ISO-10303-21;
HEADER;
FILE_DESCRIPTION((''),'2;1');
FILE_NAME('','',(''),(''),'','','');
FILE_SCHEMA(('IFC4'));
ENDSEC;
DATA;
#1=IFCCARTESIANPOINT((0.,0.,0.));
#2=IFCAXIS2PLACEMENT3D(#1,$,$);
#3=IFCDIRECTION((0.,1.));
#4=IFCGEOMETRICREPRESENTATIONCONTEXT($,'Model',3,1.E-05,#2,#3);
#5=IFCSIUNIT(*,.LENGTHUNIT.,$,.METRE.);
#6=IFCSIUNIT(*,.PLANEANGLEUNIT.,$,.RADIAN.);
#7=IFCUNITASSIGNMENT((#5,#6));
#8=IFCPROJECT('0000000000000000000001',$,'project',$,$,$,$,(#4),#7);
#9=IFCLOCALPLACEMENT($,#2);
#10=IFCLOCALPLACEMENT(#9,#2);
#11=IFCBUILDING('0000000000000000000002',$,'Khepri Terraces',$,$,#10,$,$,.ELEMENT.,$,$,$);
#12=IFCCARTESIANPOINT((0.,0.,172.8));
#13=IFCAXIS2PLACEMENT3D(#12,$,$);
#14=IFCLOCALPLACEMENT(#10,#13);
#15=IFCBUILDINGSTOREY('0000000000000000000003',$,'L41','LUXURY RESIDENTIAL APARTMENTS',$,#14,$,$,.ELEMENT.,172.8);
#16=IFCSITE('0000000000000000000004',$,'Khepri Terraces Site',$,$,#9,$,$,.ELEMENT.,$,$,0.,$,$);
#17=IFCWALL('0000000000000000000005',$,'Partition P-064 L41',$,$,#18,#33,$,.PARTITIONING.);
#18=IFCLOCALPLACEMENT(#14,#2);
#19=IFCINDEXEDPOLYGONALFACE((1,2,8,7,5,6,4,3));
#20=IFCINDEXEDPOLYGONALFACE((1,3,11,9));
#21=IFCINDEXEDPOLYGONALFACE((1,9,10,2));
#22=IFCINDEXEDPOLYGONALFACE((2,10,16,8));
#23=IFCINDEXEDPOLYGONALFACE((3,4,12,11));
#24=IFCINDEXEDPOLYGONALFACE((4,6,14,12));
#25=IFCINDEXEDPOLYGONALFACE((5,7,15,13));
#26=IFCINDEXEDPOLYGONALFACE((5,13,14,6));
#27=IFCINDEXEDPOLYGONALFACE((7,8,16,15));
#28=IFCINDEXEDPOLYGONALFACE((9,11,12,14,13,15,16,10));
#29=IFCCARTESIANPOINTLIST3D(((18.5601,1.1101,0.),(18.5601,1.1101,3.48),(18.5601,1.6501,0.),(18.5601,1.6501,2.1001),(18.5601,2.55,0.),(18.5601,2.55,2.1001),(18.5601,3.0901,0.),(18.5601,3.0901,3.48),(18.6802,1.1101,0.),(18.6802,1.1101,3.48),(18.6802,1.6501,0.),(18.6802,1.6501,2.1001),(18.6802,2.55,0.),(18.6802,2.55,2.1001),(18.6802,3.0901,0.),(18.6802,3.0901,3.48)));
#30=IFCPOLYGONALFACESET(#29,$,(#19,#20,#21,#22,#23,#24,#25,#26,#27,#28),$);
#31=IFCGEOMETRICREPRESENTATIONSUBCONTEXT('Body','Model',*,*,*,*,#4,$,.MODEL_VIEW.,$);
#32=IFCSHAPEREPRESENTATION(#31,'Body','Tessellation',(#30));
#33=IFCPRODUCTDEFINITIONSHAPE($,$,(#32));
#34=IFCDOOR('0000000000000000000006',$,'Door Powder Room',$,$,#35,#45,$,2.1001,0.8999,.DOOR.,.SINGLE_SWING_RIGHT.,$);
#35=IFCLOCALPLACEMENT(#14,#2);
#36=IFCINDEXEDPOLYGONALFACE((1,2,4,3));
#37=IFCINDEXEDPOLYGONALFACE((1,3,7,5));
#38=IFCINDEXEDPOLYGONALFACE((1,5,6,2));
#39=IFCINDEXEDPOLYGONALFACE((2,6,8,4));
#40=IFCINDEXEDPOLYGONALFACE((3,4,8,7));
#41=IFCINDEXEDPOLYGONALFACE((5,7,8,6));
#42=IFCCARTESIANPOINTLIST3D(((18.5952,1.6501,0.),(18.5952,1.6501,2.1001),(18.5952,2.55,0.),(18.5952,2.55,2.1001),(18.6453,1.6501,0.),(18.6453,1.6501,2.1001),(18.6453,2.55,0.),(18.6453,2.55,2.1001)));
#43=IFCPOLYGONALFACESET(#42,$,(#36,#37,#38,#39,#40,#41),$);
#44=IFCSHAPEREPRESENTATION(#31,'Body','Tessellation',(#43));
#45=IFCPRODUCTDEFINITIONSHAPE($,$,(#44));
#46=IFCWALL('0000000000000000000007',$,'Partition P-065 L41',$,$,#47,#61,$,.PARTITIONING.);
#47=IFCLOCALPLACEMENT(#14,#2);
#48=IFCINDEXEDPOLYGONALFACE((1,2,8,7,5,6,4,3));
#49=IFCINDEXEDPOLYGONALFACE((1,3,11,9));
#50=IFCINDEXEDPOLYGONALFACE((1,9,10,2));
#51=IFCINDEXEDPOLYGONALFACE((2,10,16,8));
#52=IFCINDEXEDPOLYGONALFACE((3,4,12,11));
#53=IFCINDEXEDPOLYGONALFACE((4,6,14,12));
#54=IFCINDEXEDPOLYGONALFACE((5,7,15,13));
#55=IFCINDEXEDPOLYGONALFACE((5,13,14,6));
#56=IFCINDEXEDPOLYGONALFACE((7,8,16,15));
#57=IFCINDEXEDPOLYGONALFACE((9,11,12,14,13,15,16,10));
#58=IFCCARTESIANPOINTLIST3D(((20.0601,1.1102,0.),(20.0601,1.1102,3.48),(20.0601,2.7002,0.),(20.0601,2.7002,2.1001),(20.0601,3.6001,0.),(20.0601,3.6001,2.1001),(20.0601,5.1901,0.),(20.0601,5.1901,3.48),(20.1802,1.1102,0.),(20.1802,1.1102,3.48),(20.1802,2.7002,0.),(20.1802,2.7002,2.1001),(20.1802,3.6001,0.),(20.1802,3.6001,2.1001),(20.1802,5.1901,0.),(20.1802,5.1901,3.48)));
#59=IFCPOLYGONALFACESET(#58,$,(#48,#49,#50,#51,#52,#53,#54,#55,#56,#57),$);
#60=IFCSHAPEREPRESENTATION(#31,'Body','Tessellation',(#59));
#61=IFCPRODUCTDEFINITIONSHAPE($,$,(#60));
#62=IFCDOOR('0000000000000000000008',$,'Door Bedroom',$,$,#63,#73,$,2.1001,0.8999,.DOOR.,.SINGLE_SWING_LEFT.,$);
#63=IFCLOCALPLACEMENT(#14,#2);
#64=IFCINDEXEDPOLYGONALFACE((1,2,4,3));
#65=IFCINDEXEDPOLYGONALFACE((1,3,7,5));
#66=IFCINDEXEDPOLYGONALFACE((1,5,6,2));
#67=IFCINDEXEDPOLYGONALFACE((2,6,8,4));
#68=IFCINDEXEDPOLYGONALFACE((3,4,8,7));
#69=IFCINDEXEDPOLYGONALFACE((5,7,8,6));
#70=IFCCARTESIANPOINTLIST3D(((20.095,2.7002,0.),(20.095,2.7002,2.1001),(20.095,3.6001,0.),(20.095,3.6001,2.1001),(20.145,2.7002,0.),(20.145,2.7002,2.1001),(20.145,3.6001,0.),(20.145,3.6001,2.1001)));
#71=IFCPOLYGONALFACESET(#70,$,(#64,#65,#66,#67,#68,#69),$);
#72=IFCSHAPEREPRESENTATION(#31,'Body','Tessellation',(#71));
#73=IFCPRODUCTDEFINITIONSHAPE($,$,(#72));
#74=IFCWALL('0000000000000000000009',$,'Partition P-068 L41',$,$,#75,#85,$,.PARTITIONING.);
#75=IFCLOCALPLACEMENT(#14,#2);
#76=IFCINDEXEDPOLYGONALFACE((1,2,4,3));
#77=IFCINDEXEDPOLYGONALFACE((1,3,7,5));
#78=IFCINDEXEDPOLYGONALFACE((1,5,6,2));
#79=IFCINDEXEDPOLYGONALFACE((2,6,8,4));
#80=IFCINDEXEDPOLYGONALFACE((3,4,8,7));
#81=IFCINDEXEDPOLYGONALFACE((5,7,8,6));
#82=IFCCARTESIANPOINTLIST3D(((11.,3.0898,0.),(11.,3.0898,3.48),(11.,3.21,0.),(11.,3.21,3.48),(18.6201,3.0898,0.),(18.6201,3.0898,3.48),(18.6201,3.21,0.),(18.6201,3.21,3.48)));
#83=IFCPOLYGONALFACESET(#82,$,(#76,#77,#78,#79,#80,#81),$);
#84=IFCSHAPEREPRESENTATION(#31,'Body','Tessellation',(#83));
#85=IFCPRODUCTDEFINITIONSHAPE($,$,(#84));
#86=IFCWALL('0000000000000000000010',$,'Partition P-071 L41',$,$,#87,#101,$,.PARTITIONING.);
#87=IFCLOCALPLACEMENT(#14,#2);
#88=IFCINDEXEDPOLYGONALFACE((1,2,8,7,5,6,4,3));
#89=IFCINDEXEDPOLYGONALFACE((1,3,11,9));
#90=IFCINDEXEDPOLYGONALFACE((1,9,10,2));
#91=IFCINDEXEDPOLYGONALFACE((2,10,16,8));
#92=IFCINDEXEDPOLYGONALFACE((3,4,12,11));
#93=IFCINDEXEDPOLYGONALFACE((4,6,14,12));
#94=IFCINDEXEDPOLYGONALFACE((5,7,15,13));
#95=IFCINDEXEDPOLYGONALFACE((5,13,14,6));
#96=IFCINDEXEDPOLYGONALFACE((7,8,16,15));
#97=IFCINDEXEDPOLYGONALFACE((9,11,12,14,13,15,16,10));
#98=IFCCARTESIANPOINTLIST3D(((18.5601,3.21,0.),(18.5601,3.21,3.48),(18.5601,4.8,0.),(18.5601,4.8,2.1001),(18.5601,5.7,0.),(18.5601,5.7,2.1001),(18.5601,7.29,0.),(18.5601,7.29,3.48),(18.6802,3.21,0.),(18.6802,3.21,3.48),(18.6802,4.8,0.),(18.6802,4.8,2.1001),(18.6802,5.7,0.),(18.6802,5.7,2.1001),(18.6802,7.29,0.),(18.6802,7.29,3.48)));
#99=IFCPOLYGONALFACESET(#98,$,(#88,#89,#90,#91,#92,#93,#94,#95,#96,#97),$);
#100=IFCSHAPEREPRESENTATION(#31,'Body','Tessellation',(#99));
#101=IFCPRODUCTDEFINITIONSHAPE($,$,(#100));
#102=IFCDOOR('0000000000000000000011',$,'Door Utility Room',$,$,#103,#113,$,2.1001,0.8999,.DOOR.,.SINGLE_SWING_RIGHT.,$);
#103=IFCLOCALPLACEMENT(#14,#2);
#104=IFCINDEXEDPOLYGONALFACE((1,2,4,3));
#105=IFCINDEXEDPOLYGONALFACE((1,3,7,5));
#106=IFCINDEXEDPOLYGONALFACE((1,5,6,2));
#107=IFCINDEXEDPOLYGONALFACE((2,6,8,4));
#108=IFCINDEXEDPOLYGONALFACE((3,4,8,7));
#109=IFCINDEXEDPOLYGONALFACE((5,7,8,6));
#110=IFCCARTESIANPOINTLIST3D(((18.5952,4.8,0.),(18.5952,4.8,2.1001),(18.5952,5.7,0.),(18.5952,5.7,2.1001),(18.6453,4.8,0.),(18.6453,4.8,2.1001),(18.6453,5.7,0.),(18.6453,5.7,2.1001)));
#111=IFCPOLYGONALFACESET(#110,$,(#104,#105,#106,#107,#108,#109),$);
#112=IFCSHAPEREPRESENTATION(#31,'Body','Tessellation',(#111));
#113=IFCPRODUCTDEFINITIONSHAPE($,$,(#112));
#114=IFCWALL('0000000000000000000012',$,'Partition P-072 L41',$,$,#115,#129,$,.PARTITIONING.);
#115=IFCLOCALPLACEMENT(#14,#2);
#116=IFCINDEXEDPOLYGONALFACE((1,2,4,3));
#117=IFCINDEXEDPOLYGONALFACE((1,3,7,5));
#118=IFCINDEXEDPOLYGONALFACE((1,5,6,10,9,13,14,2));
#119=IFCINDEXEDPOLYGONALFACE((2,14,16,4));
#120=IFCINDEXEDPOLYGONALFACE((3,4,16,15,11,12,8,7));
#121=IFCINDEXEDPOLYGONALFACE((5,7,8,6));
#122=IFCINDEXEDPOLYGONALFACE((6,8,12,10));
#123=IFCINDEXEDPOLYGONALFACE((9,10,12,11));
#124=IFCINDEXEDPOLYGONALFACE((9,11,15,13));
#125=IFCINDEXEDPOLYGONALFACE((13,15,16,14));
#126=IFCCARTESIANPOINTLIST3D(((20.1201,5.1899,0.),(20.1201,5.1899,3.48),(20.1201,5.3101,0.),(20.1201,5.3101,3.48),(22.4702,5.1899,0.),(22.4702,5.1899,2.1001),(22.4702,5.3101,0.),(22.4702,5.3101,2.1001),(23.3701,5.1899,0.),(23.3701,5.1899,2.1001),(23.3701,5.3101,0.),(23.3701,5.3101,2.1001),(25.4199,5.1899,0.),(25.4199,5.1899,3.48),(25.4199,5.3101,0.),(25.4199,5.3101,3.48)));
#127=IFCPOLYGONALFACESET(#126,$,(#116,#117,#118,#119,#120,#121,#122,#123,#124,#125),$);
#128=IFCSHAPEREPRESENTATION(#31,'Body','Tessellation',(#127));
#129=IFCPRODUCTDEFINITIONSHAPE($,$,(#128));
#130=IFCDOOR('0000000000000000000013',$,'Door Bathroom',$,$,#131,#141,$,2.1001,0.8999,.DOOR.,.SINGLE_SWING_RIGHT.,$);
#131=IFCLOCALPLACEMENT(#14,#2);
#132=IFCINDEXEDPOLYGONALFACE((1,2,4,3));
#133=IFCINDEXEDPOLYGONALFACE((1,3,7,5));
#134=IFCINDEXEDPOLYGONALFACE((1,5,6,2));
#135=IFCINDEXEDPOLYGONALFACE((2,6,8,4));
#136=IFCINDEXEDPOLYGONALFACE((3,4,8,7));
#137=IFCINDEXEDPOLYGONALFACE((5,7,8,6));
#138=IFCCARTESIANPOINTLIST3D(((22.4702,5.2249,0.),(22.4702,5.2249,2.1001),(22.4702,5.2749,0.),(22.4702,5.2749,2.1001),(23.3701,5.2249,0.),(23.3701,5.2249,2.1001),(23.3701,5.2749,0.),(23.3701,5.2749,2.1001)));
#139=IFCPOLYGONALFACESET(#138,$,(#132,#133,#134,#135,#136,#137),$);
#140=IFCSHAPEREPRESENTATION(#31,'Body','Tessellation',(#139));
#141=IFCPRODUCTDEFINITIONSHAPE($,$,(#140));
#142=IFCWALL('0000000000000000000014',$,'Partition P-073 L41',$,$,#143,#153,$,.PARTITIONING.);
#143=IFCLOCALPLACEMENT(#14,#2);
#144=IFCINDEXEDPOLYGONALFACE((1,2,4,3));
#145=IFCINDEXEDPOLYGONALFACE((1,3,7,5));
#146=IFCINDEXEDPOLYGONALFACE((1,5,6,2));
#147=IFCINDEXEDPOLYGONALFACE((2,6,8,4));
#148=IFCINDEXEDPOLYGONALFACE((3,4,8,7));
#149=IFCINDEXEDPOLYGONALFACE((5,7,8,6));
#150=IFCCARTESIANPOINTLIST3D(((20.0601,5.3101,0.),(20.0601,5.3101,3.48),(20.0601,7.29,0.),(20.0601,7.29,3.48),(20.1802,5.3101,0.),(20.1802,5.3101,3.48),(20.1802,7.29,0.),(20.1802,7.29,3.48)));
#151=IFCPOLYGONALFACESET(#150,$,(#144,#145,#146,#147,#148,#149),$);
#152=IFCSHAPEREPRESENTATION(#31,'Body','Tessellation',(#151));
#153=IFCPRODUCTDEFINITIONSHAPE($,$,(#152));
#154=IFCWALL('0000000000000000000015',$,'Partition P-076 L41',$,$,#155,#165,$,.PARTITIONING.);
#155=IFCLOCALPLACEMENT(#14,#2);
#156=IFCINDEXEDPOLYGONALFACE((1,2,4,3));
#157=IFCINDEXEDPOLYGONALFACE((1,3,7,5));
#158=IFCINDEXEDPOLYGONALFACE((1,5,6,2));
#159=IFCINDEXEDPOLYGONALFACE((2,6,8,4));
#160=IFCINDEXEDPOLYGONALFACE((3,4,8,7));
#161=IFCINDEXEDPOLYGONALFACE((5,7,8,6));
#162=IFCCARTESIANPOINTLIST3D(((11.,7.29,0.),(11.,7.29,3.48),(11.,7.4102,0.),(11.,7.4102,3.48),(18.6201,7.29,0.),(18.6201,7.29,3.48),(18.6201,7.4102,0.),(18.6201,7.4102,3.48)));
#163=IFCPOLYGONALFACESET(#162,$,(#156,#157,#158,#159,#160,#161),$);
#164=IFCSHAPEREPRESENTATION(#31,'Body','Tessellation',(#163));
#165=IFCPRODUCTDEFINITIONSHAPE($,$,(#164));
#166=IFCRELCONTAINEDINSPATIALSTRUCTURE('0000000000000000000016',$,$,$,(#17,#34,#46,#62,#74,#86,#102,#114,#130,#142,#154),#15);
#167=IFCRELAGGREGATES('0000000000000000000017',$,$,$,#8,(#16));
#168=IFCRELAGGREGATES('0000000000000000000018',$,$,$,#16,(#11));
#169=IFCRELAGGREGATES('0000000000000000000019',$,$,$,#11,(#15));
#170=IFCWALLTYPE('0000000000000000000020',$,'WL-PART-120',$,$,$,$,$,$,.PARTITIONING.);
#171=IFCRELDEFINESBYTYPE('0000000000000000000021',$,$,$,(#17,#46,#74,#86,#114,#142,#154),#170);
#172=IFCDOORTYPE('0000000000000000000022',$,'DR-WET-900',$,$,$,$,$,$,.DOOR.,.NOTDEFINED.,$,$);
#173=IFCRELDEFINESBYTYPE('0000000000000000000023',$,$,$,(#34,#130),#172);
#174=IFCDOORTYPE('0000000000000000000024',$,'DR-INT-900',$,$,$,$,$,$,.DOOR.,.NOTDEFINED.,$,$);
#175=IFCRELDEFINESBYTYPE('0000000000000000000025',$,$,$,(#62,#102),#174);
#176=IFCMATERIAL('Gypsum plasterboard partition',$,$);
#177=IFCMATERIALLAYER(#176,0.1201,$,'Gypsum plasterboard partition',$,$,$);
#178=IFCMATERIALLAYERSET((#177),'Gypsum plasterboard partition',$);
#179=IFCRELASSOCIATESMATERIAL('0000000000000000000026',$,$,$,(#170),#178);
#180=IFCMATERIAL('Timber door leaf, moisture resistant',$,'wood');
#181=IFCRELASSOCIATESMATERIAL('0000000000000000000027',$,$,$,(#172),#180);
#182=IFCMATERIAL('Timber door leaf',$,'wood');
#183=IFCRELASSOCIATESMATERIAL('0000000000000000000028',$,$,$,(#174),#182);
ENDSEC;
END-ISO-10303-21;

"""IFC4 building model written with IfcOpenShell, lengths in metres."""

from ifc_helpers import new_model, si_unit, direction, frame, frame_2d, origin, place, context, subcontext, project, spatial, rectangle, extrude, material, layer, layer_set, type_object, element, fill, save


model = new_model("IFC4")

# Units and contexts
model_context = context("Model", 3, precision=1e-05, world=origin(), true_north=direction((0.0, 1.0)))
body_context = subcontext(model_context, "Body", "Model", "MODEL_VIEW")
ifc_project = project(units=[si_unit("LENGTHUNIT", "METRE"), si_unit("PLANEANGLEUNIT", "RADIAN")], contexts=[model_context])

# Site, building, storey
site_placement = place(None, origin())
site = spatial("IfcSite", under=ifc_project, at=site_placement, Name="Khepri Terraces Site", CompositionType="ELEMENT", RefElevation=0.0)
building_placement = place(site_placement, origin())
building = spatial("IfcBuilding", under=site, at=building_placement, Name="Khepri Terraces", CompositionType="ELEMENT")
storey_placement = place(building_placement, frame((0.0, 0.0, 172.8)))
storey = spatial("IfcBuildingStorey", under=building, at=storey_placement, Name="L41", Description="LUXURY RESIDENTIAL APARTMENTS", CompositionType="ELEMENT", Elevation=172.8)

# Shared definitions
ifc_material_1 = material(Name="Gypsum plasterboard partition")
ifc_layer_1 = layer(ifc_material_1, 0.1201, Name="Gypsum plasterboard partition")
ifc_layer_set_1 = layer_set([ifc_layer_1], Name="Gypsum plasterboard partition")
wall_type_1 = type_object("IfcWallType", Name="WL-PART-120", PredefinedType="PARTITIONING", material=ifc_layer_set_1)

# Walls, openings, doors
wall_1_placement = place(storey_placement, frame((18.6201, 1.1101, 0.0), z_axis=(0.0, 0.0, 1.0), x_axis=(0.0, 1.0, 0.0)))
wall_1 = element("IfcWall", 1, at=wall_1_placement, inside=storey, type_object=wall_type_1, Name="Partition P-064 L41", PredefinedType="PARTITIONING", context=body_context, shape_type="SweptSolid", body=[
    extrude(rectangle(XDim=1.98, YDim=0.1201, at=frame_2d((0.99, 0.0))), origin(), (0.0, 0.0, 1.0), 3.48),
])
opening_1_placement = place(wall_1_placement, frame((0.54, 0.0, 0.0)))
opening_1 = element("IfcOpeningElement", 2, at=opening_1_placement, cuts=wall_1, PredefinedType="OPENING", context=body_context, shape_type="SweptSolid", body=[
    extrude(rectangle(XDim=0.8999, YDim=2.1001, at=frame_2d((0.45, 1.05))), frame((0.0, 0.0701, 0.0), z_axis=(0.0, -1.0, 0.0), x_axis=(1.0, 0.0, 0.0)), (0.0, 0.0, 1.0), 0.1401),
])
ifc_material_2 = material(Name="Timber door leaf, moisture resistant", Category="wood")
door_type_1 = type_object("IfcDoorType", Name="DR-WET-900", OperationType="NOTDEFINED", PredefinedType="DOOR", material=ifc_material_2)
door_1_placement = place(opening_1_placement, origin())
door_1 = element("IfcDoor", 3, at=door_1_placement, inside=storey, type_object=door_type_1, Name="Door Powder Room", OperationType="SINGLE_SWING_RIGHT", OverallHeight=2.1001, OverallWidth=0.8999, PredefinedType="DOOR", context=body_context, shape_type="SweptSolid", body=[
    extrude(rectangle(XDim=0.8999, YDim=2.1001, at=frame_2d((0.45, 1.05))), frame((0.0, 0.0249, 0.0), z_axis=(0.0, -1.0, 0.0), x_axis=(1.0, 0.0, 0.0)), (0.0, 0.0, 1.0), 0.05),
])
fill(opening_1, door_1)
wall_2_placement = place(storey_placement, frame((20.1201, 1.1101, 0.0), z_axis=(0.0, 0.0, 1.0), x_axis=(0.0, 1.0, 0.0)))
wall_2 = element("IfcWall", 4, at=wall_2_placement, inside=storey, type_object=wall_type_1, Name="Partition P-065 L41", PredefinedType="PARTITIONING", context=body_context, shape_type="SweptSolid", body=[
    extrude(rectangle(XDim=4.0798, YDim=0.1201, at=frame_2d((2.04, 0.0))), origin(), (0.0, 0.0, 1.0), 3.48),
])
opening_2_placement = place(wall_2_placement, frame((1.5901, 0.0, 0.0)))
opening_2 = element("IfcOpeningElement", 5, at=opening_2_placement, cuts=wall_2, PredefinedType="OPENING", context=body_context, shape_type="SweptSolid", body=[
    extrude(rectangle(XDim=0.8999, YDim=2.1001, at=frame_2d((0.45, 1.05))), frame((0.0, 0.0701, 0.0), z_axis=(0.0, -1.0, 0.0), x_axis=(1.0, 0.0, 0.0)), (0.0, 0.0, 1.0), 0.1401),
])
ifc_material_3 = material(Name="Timber door leaf", Category="wood")
door_type_2 = type_object("IfcDoorType", Name="DR-INT-900", OperationType="NOTDEFINED", PredefinedType="DOOR", material=ifc_material_3)
door_2_placement = place(opening_2_placement, frame((0.8999, 0.0, 0.0), z_axis=(0.0, 0.0, 1.0), x_axis=(-1.0, 0.0, 0.0)))
door_2 = element("IfcDoor", 6, at=door_2_placement, inside=storey, type_object=door_type_2, Name="Door Bedroom", OperationType="SINGLE_SWING_LEFT", OverallHeight=2.1001, OverallWidth=0.8999, PredefinedType="DOOR", context=body_context, shape_type="SweptSolid", body=[
    extrude(rectangle(XDim=0.8999, YDim=2.1001, at=frame_2d((0.45, 1.05))), frame((0.0, 0.0249, 0.0), z_axis=(0.0, -1.0, 0.0), x_axis=(1.0, 0.0, 0.0)), (0.0, 0.0, 1.0), 0.05),
])
fill(opening_2, door_2)

# Wall
wall_3_placement = place(storey_placement, frame((11.0, 3.1499, 0.0), z_axis=(0.0, 0.0, 1.0), x_axis=(1.0, 0.0, 0.0)))
element("IfcWall", 7, at=wall_3_placement, inside=storey, type_object=wall_type_1, Name="Partition P-068 L41", PredefinedType="PARTITIONING", context=body_context, shape_type="SweptSolid", body=[
    extrude(rectangle(XDim=7.6201, YDim=0.1201, at=frame_2d((3.8101, 0.0))), origin(), (0.0, 0.0, 1.0), 3.48),
])

# Walls, openings, doors
wall_4_placement = place(storey_placement, frame((18.6201, 3.21, 0.0), z_axis=(0.0, 0.0, 1.0), x_axis=(0.0, 1.0, 0.0)))
wall_4 = element("IfcWall", 8, at=wall_4_placement, inside=storey, type_object=wall_type_1, Name="Partition P-071 L41", PredefinedType="PARTITIONING", context=body_context, shape_type="SweptSolid", body=[
    extrude(rectangle(XDim=4.0801, YDim=0.1201, at=frame_2d((2.04, 0.0))), origin(), (0.0, 0.0, 1.0), 3.48),
])
opening_3_placement = place(wall_4_placement, frame((1.5901, 0.0, 0.0)))
opening_3 = element("IfcOpeningElement", 9, at=opening_3_placement, cuts=wall_4, PredefinedType="OPENING", context=body_context, shape_type="SweptSolid", body=[
    extrude(rectangle(XDim=0.8999, YDim=2.1001, at=frame_2d((0.45, 1.05))), frame((0.0, 0.0701, 0.0), z_axis=(0.0, -1.0, 0.0), x_axis=(1.0, 0.0, 0.0)), (0.0, 0.0, 1.0), 0.1401),
])
door_3_placement = place(opening_3_placement, origin())
door_3 = element("IfcDoor", 10, at=door_3_placement, inside=storey, type_object=door_type_2, Name="Door Utility Room", OperationType="SINGLE_SWING_RIGHT", OverallHeight=2.1001, OverallWidth=0.8999, PredefinedType="DOOR", context=body_context, shape_type="SweptSolid", body=[
    extrude(rectangle(XDim=0.8999, YDim=2.1001, at=frame_2d((0.45, 1.05))), frame((0.0, 0.0249, 0.0), z_axis=(0.0, -1.0, 0.0), x_axis=(1.0, 0.0, 0.0)), (0.0, 0.0, 1.0), 0.05),
])
fill(opening_3, door_3)
wall_5_placement = place(storey_placement, frame((20.1201, 5.25, 0.0), z_axis=(0.0, 0.0, 1.0), x_axis=(1.0, 0.0, 0.0)))
wall_5 = element("IfcWall", 11, at=wall_5_placement, inside=storey, type_object=wall_type_1, Name="Partition P-072 L41", PredefinedType="PARTITIONING", context=body_context, shape_type="SweptSolid", body=[
    extrude(rectangle(XDim=5.2998, YDim=0.1201, at=frame_2d((2.6499, 0.0))), origin(), (0.0, 0.0, 1.0), 3.48),
])
opening_4_placement = place(wall_5_placement, frame((2.3501, 0.0, 0.0)))
opening_4 = element("IfcOpeningElement", 12, at=opening_4_placement, cuts=wall_5, PredefinedType="OPENING", context=body_context, shape_type="SweptSolid", body=[
    extrude(rectangle(XDim=0.8999, YDim=2.1001, at=frame_2d((0.45, 1.05))), frame((0.0, 0.0701, 0.0), z_axis=(0.0, -1.0, 0.0), x_axis=(1.0, 0.0, 0.0)), (0.0, 0.0, 1.0), 0.1401),
])
door_4_placement = place(opening_4_placement, origin())
door_4 = element("IfcDoor", 13, at=door_4_placement, inside=storey, type_object=door_type_1, Name="Door Bathroom", OperationType="SINGLE_SWING_RIGHT", OverallHeight=2.1001, OverallWidth=0.8999, PredefinedType="DOOR", context=body_context, shape_type="SweptSolid", body=[
    extrude(rectangle(XDim=0.8999, YDim=2.1001, at=frame_2d((0.45, 1.05))), frame((0.0, 0.0249, 0.0), z_axis=(0.0, -1.0, 0.0), x_axis=(1.0, 0.0, 0.0)), (0.0, 0.0, 1.0), 0.05),
])
fill(opening_4, door_4)

# Walls
wall_6_placement = place(storey_placement, frame((20.1201, 5.3101, 0.0), z_axis=(0.0, 0.0, 1.0), x_axis=(0.0, 1.0, 0.0)))
element("IfcWall", 14, at=wall_6_placement, inside=storey, type_object=wall_type_1, Name="Partition P-073 L41", PredefinedType="PARTITIONING", context=body_context, shape_type="SweptSolid", body=[
    extrude(rectangle(XDim=1.98, YDim=0.1201, at=frame_2d((0.99, 0.0))), origin(), (0.0, 0.0, 1.0), 3.48),
])
wall_7_placement = place(storey_placement, frame((11.0, 7.3501, 0.0), z_axis=(0.0, 0.0, 1.0), x_axis=(1.0, 0.0, 0.0)))
element("IfcWall", 15, at=wall_7_placement, inside=storey, type_object=wall_type_1, Name="Partition P-076 L41", PredefinedType="PARTITIONING", context=body_context, shape_type="SweptSolid", body=[
    extrude(rectangle(XDim=7.6201, YDim=0.1201, at=frame_2d((3.8101, 0.0))), origin(), (0.0, 0.0, 1.0), 3.48),
])

save(model, "model.ifc")
